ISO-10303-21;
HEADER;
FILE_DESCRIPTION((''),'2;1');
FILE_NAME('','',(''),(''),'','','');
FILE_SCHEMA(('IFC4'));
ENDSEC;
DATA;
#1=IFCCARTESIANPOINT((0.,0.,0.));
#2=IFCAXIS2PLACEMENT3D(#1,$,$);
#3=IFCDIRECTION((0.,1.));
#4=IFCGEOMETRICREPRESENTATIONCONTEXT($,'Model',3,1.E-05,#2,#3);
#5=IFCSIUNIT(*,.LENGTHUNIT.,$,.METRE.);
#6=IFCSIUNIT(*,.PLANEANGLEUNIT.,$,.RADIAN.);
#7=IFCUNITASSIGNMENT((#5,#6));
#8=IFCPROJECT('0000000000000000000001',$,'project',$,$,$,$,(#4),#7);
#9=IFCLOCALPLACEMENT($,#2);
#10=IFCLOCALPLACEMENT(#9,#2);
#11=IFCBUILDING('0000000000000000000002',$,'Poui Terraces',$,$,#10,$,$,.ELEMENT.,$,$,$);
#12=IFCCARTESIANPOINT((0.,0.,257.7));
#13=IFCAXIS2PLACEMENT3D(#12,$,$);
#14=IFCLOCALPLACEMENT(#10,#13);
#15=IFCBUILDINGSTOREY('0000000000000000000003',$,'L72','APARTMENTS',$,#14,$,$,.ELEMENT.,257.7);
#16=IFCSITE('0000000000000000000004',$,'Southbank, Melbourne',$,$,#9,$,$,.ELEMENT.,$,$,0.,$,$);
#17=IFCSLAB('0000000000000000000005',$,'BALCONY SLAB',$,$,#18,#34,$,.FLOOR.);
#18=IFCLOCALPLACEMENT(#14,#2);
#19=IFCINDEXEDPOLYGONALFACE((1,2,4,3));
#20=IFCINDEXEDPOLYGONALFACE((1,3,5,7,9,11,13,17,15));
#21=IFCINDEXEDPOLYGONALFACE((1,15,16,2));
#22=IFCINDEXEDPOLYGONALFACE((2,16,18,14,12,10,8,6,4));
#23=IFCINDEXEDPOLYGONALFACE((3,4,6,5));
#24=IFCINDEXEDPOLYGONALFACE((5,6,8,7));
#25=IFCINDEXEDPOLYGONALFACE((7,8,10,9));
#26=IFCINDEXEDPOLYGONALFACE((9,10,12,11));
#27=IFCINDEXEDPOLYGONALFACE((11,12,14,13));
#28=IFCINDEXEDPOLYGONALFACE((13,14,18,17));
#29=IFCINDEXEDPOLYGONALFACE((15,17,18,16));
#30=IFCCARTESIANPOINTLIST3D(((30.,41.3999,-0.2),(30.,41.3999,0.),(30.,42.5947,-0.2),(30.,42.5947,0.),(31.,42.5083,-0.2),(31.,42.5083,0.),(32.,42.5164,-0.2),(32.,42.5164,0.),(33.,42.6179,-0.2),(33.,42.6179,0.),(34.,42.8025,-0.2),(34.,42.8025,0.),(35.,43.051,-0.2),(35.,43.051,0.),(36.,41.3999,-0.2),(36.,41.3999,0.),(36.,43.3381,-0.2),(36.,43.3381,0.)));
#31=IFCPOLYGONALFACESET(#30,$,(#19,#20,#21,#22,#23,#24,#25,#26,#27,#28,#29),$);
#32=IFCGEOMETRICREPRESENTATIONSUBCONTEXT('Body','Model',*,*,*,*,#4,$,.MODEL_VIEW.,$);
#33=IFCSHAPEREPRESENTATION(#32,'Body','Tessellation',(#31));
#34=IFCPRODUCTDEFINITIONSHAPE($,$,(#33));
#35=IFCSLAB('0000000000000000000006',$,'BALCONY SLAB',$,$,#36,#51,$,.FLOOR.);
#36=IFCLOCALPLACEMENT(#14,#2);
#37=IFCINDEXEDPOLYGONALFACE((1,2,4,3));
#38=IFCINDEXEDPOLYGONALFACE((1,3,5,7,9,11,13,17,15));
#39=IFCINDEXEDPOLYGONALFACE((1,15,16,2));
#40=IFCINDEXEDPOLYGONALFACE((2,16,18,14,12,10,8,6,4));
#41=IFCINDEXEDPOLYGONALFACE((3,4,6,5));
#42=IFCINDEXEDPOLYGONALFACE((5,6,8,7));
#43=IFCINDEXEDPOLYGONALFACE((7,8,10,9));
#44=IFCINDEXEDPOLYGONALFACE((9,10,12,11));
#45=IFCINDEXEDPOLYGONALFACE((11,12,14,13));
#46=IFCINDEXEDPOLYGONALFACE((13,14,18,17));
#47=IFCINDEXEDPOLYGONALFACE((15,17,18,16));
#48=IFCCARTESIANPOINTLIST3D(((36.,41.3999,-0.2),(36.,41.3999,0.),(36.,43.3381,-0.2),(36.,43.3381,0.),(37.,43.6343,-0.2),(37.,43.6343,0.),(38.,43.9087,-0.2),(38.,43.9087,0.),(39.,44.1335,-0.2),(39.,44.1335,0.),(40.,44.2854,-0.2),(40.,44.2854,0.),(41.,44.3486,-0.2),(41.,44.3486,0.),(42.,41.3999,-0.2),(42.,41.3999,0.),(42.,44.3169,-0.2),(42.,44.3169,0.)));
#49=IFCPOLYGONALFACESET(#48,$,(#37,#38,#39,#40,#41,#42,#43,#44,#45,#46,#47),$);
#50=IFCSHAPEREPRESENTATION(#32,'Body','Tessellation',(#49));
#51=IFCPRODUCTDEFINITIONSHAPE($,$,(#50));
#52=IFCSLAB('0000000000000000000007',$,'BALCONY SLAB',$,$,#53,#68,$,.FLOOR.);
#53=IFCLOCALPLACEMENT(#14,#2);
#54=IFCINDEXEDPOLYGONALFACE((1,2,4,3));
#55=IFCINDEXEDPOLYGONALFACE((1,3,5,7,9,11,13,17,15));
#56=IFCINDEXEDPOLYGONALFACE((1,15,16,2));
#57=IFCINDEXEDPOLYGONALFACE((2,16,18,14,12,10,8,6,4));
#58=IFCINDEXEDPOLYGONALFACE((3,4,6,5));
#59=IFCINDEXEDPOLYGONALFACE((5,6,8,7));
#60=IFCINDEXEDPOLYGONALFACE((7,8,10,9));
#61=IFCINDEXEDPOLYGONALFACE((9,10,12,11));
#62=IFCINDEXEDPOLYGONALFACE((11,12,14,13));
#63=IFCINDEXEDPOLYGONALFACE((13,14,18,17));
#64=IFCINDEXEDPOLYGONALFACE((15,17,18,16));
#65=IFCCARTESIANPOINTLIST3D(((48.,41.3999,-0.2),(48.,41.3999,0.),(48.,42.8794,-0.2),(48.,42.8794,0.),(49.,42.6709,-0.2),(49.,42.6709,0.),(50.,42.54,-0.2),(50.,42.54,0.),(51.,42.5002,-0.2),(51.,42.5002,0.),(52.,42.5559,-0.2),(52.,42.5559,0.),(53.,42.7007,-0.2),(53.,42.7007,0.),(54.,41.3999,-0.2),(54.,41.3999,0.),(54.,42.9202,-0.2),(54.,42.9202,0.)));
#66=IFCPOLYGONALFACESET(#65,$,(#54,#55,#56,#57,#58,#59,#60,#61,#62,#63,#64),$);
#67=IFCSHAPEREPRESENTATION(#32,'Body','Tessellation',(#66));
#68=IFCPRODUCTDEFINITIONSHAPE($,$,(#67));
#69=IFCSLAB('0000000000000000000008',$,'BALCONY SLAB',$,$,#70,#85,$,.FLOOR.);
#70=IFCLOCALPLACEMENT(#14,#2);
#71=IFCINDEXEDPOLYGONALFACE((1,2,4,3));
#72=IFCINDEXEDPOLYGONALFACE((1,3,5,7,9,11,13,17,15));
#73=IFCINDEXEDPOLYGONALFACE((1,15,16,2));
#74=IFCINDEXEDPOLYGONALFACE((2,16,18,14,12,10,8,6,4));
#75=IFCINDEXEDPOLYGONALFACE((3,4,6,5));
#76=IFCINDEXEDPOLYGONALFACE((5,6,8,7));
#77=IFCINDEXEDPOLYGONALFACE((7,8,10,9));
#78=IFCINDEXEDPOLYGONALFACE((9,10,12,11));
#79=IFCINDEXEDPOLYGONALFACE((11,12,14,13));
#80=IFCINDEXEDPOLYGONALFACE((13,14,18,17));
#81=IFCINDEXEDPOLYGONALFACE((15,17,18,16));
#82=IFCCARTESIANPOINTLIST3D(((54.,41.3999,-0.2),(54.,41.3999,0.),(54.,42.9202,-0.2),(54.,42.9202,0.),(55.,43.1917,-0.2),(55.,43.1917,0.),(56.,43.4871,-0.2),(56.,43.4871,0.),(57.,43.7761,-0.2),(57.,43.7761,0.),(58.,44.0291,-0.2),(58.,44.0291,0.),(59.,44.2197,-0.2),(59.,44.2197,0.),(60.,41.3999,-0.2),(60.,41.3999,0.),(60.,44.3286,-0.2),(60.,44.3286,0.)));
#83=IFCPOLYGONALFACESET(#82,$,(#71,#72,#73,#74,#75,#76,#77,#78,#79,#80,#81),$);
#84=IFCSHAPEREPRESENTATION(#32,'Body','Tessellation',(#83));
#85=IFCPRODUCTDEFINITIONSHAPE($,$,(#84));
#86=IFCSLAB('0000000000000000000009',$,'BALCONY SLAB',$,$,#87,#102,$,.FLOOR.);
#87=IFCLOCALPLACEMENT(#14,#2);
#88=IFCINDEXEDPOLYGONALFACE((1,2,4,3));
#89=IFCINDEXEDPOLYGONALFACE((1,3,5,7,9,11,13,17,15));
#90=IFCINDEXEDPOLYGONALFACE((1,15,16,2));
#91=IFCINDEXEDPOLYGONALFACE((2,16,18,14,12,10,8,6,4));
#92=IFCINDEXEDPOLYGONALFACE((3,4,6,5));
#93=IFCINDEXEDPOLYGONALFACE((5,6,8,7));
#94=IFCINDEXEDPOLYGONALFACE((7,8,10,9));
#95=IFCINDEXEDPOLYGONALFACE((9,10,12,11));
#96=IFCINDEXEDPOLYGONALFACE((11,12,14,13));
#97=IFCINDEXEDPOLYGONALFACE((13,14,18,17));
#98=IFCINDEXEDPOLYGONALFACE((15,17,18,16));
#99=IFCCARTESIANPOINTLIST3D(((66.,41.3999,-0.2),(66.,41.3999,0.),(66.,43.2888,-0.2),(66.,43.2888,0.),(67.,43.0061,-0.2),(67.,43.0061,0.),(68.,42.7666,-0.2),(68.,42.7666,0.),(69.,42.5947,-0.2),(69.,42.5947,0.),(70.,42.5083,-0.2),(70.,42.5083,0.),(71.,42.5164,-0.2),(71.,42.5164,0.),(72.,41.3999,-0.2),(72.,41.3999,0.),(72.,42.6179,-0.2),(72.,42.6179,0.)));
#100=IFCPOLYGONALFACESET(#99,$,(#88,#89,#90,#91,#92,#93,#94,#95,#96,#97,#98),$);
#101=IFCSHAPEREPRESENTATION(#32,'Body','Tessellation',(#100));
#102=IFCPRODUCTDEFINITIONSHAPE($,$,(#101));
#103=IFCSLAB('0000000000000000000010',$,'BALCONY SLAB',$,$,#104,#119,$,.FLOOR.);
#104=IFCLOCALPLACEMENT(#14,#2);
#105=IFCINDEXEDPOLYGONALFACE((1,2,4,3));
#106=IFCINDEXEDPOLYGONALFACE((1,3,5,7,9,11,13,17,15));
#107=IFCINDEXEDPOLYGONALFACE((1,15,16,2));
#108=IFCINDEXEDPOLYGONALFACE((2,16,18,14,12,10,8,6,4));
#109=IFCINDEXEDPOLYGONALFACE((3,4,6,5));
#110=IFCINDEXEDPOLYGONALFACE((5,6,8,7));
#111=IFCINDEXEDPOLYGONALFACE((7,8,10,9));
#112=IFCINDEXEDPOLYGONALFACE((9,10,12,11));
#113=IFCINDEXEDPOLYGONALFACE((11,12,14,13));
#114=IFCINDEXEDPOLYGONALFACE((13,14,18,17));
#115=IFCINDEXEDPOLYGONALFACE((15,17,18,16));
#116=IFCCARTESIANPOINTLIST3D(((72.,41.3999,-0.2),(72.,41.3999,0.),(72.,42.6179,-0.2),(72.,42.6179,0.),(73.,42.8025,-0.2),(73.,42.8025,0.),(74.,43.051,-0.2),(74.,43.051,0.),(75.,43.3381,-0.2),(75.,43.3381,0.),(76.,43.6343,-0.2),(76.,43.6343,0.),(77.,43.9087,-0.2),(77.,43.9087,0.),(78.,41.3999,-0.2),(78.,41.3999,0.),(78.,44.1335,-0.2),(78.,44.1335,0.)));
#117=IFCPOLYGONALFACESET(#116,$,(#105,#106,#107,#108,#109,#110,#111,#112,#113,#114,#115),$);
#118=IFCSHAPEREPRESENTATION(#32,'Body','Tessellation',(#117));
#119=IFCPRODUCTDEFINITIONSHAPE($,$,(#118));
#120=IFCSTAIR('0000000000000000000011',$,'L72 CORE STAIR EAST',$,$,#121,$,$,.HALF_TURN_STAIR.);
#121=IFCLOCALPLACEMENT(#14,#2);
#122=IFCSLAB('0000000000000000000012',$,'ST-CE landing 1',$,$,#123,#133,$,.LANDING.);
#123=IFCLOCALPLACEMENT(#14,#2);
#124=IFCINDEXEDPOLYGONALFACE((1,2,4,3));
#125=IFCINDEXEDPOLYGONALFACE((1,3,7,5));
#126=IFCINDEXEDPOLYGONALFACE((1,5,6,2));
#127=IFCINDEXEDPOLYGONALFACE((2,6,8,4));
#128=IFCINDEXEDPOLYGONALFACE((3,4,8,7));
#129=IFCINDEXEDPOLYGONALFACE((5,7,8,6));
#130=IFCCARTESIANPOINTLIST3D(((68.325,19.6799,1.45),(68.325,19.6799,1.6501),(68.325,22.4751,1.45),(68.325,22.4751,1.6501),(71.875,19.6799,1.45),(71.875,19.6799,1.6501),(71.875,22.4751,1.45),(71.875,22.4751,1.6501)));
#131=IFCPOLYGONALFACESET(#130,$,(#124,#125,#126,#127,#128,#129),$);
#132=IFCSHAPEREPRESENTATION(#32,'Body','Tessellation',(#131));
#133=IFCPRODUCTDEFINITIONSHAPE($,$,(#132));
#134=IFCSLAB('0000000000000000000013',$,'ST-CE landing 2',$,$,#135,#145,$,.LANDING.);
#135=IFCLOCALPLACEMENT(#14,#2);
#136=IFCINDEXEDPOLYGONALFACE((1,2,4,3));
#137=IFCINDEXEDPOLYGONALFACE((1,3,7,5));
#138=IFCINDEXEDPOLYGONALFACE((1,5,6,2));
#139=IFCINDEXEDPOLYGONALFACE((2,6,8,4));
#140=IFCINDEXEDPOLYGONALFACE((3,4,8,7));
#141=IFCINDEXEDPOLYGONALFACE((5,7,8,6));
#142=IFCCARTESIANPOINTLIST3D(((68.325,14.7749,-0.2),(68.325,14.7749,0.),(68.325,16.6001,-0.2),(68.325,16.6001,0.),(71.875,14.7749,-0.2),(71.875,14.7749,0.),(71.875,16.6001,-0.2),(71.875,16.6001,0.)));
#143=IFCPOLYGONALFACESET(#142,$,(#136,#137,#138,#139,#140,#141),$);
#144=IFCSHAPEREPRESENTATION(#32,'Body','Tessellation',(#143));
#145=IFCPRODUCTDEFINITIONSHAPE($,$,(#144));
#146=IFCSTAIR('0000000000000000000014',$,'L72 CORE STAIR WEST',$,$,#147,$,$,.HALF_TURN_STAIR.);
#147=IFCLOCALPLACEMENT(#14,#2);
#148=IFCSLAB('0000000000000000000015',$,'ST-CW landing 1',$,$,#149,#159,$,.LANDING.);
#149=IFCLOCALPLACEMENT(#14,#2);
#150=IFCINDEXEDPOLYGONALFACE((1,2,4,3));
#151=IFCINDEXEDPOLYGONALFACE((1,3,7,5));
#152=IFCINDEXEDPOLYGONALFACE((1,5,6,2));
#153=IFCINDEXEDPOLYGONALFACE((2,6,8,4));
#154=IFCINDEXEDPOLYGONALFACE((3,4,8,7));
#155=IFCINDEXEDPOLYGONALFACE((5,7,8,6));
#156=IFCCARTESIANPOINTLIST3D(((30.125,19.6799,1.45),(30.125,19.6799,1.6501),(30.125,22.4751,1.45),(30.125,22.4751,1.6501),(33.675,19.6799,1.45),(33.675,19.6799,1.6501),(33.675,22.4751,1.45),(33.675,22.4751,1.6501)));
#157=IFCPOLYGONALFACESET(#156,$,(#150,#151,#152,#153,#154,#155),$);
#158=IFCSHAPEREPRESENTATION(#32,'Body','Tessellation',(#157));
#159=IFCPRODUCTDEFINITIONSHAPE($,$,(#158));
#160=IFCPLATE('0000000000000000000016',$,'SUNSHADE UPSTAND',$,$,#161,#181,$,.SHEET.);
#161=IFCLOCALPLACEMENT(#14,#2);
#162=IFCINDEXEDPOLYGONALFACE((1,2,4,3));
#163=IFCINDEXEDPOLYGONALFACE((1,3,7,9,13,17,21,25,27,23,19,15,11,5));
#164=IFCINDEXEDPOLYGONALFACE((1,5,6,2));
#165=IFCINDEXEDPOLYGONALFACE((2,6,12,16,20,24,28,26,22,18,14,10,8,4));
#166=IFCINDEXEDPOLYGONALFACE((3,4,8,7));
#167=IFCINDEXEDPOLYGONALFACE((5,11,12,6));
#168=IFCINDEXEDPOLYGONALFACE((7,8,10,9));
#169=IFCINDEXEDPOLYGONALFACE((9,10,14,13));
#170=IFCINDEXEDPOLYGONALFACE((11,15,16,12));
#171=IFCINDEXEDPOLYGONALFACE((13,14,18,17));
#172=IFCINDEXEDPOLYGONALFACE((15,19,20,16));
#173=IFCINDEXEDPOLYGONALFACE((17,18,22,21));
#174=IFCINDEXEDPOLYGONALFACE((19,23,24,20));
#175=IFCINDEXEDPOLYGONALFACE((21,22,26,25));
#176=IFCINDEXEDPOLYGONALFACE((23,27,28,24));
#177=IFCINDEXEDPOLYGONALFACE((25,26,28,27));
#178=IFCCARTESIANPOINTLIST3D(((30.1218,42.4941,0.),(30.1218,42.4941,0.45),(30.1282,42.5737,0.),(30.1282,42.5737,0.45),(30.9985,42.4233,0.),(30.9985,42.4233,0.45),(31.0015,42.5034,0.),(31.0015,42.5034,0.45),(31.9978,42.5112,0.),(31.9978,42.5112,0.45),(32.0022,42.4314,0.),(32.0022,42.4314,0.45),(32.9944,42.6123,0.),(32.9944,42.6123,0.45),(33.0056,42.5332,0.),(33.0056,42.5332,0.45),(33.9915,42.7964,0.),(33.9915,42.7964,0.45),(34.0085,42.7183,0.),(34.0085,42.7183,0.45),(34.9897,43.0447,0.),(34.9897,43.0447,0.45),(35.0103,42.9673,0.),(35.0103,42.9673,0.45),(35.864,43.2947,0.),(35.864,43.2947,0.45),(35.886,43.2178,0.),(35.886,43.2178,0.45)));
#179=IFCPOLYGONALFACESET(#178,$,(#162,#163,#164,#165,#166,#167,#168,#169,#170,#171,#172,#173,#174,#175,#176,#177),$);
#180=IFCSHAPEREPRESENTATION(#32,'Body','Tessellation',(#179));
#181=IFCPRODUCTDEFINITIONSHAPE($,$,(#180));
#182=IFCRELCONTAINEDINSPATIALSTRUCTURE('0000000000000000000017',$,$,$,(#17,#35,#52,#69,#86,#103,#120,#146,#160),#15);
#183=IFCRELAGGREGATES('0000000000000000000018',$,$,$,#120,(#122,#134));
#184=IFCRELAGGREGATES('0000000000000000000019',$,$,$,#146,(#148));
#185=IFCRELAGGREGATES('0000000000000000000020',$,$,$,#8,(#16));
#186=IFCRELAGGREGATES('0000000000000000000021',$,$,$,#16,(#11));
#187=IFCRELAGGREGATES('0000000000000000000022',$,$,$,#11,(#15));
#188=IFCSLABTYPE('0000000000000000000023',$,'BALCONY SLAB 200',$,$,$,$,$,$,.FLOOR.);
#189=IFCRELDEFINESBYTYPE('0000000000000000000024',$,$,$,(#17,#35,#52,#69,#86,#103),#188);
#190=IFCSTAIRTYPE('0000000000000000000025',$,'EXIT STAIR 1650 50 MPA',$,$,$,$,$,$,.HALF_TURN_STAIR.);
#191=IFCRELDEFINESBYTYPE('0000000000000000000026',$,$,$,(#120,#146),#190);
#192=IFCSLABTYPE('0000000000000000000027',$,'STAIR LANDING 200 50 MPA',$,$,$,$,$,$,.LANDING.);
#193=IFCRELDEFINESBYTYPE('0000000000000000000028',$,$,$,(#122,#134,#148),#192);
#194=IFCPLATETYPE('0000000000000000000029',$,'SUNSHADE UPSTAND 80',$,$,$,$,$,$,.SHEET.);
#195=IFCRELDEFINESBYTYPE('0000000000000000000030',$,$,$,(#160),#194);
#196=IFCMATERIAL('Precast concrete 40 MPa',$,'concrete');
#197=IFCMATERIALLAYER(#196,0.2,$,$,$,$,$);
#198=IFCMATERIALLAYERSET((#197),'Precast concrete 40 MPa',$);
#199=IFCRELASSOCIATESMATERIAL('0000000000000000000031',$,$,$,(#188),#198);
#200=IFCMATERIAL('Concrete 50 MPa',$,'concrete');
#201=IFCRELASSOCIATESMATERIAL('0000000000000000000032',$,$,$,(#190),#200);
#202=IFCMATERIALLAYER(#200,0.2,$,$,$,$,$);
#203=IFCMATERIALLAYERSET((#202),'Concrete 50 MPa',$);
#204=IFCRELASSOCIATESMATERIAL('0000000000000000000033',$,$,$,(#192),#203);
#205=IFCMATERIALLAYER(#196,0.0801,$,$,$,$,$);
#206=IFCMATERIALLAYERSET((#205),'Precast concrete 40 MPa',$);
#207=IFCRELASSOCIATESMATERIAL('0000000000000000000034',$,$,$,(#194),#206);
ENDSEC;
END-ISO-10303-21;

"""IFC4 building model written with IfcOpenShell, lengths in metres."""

from ifc_helpers import new_model, si_unit, direction, frame, origin, place, context, subcontext, project, spatial, polyline, outline, extrude, material, layer, layer_set, type_object, element, aggregate, save


model = new_model("IFC4")

# Units and contexts
model_context = context("Model", 3, precision=1e-05, world=origin(), true_north=direction((0.0, 1.0)))
body_context = subcontext(model_context, "Body", "Model", "MODEL_VIEW")
ifc_project = project(units=[si_unit("LENGTHUNIT", "METRE"), si_unit("PLANEANGLEUNIT", "RADIAN")], contexts=[model_context])

# Site, building, storey
site_placement = place(None, origin())
site = spatial("IfcSite", under=ifc_project, at=site_placement, Name="Southbank, Melbourne", CompositionType="ELEMENT", RefElevation=0.0)
building_placement = place(site_placement, origin())
building = spatial("IfcBuilding", under=site, at=building_placement, Name="Poui Terraces", CompositionType="ELEMENT")
storey_placement = place(building_placement, frame((0.0, 0.0, 257.7)))
storey = spatial("IfcBuildingStorey", under=building, at=storey_placement, Name="L72", Description="APARTMENTS", CompositionType="ELEMENT", Elevation=257.7)

# Slabs
ifc_material_1 = material(Name="Precast concrete 40 MPa", Category="concrete")
ifc_layer_1 = layer(ifc_material_1, 0.2)
ifc_layer_set_1 = layer_set([ifc_layer_1], Name="Precast concrete 40 MPa")
slab_type_1 = type_object("IfcSlabType", Name="BALCONY SLAB 200", PredefinedType="FLOOR", material=ifc_layer_set_1)
slab_1_placement = place(storey_placement, frame((0.0, 0.0, -0.2)))
element("IfcSlab", 1, at=slab_1_placement, inside=storey, type_object=slab_type_1, Name="BALCONY SLAB", PredefinedType="FLOOR", context=body_context, shape_type="SweptSolid", body=[
    extrude(outline(polyline([(30.0, 41.3999), (36.0, 41.3999), (36.0, 43.3381), (35.0, 43.051), (34.0, 42.8025), (33.0, 42.6179), (32.0, 42.5164), (31.0, 42.5083), (30.0, 42.5947), (30.0, 41.3999)])), origin(), (0.0, 0.0, 1.0), 0.2),
])
slab_2_placement = place(storey_placement, frame((0.0, 0.0, -0.2)))
element("IfcSlab", 2, at=slab_2_placement, inside=storey, type_object=slab_type_1, Name="BALCONY SLAB", PredefinedType="FLOOR", context=body_context, shape_type="SweptSolid", body=[
    extrude(outline(polyline([(36.0, 41.3999), (42.0, 41.3999), (42.0, 44.3169), (41.0, 44.3486), (40.0, 44.2854), (39.0, 44.1335), (38.0, 43.9087), (37.0, 43.6343), (36.0, 43.3381), (36.0, 41.3999)])), origin(), (0.0, 0.0, 1.0), 0.2),
])
slab_3_placement = place(storey_placement, frame((0.0, 0.0, -0.2)))
element("IfcSlab", 3, at=slab_3_placement, inside=storey, type_object=slab_type_1, Name="BALCONY SLAB", PredefinedType="FLOOR", context=body_context, shape_type="SweptSolid", body=[
    extrude(outline(polyline([(48.0, 41.3999), (54.0, 41.3999), (54.0, 42.9202), (53.0, 42.7007), (52.0, 42.5559), (51.0, 42.5002), (50.0, 42.54), (49.0, 42.6709), (48.0, 42.8794), (48.0, 41.3999)])), origin(), (0.0, 0.0, 1.0), 0.2),
])
slab_4_placement = place(storey_placement, frame((0.0, 0.0, -0.2)))
element("IfcSlab", 4, at=slab_4_placement, inside=storey, type_object=slab_type_1, Name="BALCONY SLAB", PredefinedType="FLOOR", context=body_context, shape_type="SweptSolid", body=[
    extrude(outline(polyline([(54.0, 41.3999), (60.0, 41.3999), (60.0, 44.3286), (59.0, 44.2197), (58.0, 44.0291), (57.0, 43.7761), (56.0, 43.4871), (55.0, 43.1917), (54.0, 42.9202), (54.0, 41.3999)])), origin(), (0.0, 0.0, 1.0), 0.2),
])
slab_5_placement = place(storey_placement, frame((0.0, 0.0, -0.2)))
element("IfcSlab", 5, at=slab_5_placement, inside=storey, type_object=slab_type_1, Name="BALCONY SLAB", PredefinedType="FLOOR", context=body_context, shape_type="SweptSolid", body=[
    extrude(outline(polyline([(66.0, 41.3999), (72.0, 41.3999), (72.0, 42.6179), (71.0, 42.5164), (70.0, 42.5083), (69.0, 42.5947), (68.0, 42.7666), (67.0, 43.0061), (66.0, 43.2888), (66.0, 41.3999)])), origin(), (0.0, 0.0, 1.0), 0.2),
])
slab_6_placement = place(storey_placement, frame((0.0, 0.0, -0.2)))
element("IfcSlab", 6, at=slab_6_placement, inside=storey, type_object=slab_type_1, Name="BALCONY SLAB", PredefinedType="FLOOR", context=body_context, shape_type="SweptSolid", body=[
    extrude(outline(polyline([(72.0, 41.3999), (78.0, 41.3999), (78.0, 44.1335), (77.0, 43.9087), (76.0, 43.6343), (75.0, 43.3381), (74.0, 43.051), (73.0, 42.8025), (72.0, 42.6179), (72.0, 41.3999)])), origin(), (0.0, 0.0, 1.0), 0.2),
])

# Stair, slabs
ifc_material_2 = material(Name="Concrete 50 MPa", Category="concrete")
stair_type = type_object("IfcStairType", Name="EXIT STAIR 1650 50 MPA", PredefinedType="HALF_TURN_STAIR", material=ifc_material_2)
stair_1_placement = place(storey_placement, origin())
stair_1 = element("IfcStair", 7, at=stair_1_placement, inside=storey, type_object=stair_type, Name="L72 CORE STAIR EAST", PredefinedType="HALF_TURN_STAIR")
ifc_layer_2 = layer(ifc_material_2, 0.2)
ifc_layer_set_2 = layer_set([ifc_layer_2], Name="Concrete 50 MPa")
slab_type_2 = type_object("IfcSlabType", Name="STAIR LANDING 200 50 MPA", PredefinedType="LANDING", material=ifc_layer_set_2)
slab_7_placement = place(storey_placement, frame((0.0, 0.0, 1.45)))
slab_7 = element("IfcSlab", 8, at=slab_7_placement, type_object=slab_type_2, Name="ST-CE landing 1", PredefinedType="LANDING", context=body_context, shape_type="SweptSolid", body=[
    extrude(outline(polyline([(68.325, 19.6799), (71.875, 19.6799), (71.875, 22.4751), (68.325, 22.4751), (68.325, 19.6799)])), origin(), (0.0, 0.0, 1.0), 0.2002),
])
slab_8_placement = place(storey_placement, frame((0.0, 0.0, -0.2)))
slab_8 = element("IfcSlab", 9, at=slab_8_placement, type_object=slab_type_2, Name="ST-CE landing 2", PredefinedType="LANDING", context=body_context, shape_type="SweptSolid", body=[
    extrude(outline(polyline([(68.325, 14.7749), (71.875, 14.7749), (71.875, 16.6001), (68.325, 16.6001), (68.325, 14.7749)])), origin(), (0.0, 0.0, 1.0), 0.2),
])
aggregate(stair_1, [slab_7, slab_8])

# Stair, slab
stair_2_placement = place(storey_placement, origin())
stair_2 = element("IfcStair", 10, at=stair_2_placement, inside=storey, type_object=stair_type, Name="L72 CORE STAIR WEST", PredefinedType="HALF_TURN_STAIR")
slab_9_placement = place(storey_placement, frame((0.0, 0.0, 1.45)))
slab_9 = element("IfcSlab", 11, at=slab_9_placement, type_object=slab_type_2, Name="ST-CW landing 1", PredefinedType="LANDING", context=body_context, shape_type="SweptSolid", body=[
    extrude(outline(polyline([(30.125, 19.6799), (33.675, 19.6799), (33.675, 22.4751), (30.125, 22.4751), (30.125, 19.6799)])), origin(), (0.0, 0.0, 1.0), 0.2002),
])
aggregate(stair_2, [slab_9])

# Plate
ifc_layer_3 = layer(ifc_material_1, 0.0801)
ifc_layer_set_3 = layer_set([ifc_layer_3], Name="Precast concrete 40 MPa")
plate_type = type_object("IfcPlateType", Name="SUNSHADE UPSTAND 80", PredefinedType="SHEET", material=ifc_layer_set_3)
plate_1_placement = place(storey_placement, origin())
element("IfcPlate", 12, at=plate_1_placement, inside=storey, type_object=plate_type, Name="SUNSHADE UPSTAND", PredefinedType="SHEET", context=body_context, shape_type="SweptSolid", body=[
    extrude(outline(polyline([(31.0015, 42.5034), (30.1282, 42.5737), (30.1218, 42.4941), (30.9985, 42.4233), (32.0022, 42.4314), (33.0056, 42.5332), (34.0085, 42.7183), (35.0103, 42.9673), (35.886, 43.2178), (35.864, 43.2947), (34.9897, 43.0447), (33.9915, 42.7964), (32.9944, 42.6123), (31.9978, 42.5112), (31.0015, 42.5034)])), origin(), (0.0, 0.0, 1.0), 0.45),
])

save(model, "model.ifc")
